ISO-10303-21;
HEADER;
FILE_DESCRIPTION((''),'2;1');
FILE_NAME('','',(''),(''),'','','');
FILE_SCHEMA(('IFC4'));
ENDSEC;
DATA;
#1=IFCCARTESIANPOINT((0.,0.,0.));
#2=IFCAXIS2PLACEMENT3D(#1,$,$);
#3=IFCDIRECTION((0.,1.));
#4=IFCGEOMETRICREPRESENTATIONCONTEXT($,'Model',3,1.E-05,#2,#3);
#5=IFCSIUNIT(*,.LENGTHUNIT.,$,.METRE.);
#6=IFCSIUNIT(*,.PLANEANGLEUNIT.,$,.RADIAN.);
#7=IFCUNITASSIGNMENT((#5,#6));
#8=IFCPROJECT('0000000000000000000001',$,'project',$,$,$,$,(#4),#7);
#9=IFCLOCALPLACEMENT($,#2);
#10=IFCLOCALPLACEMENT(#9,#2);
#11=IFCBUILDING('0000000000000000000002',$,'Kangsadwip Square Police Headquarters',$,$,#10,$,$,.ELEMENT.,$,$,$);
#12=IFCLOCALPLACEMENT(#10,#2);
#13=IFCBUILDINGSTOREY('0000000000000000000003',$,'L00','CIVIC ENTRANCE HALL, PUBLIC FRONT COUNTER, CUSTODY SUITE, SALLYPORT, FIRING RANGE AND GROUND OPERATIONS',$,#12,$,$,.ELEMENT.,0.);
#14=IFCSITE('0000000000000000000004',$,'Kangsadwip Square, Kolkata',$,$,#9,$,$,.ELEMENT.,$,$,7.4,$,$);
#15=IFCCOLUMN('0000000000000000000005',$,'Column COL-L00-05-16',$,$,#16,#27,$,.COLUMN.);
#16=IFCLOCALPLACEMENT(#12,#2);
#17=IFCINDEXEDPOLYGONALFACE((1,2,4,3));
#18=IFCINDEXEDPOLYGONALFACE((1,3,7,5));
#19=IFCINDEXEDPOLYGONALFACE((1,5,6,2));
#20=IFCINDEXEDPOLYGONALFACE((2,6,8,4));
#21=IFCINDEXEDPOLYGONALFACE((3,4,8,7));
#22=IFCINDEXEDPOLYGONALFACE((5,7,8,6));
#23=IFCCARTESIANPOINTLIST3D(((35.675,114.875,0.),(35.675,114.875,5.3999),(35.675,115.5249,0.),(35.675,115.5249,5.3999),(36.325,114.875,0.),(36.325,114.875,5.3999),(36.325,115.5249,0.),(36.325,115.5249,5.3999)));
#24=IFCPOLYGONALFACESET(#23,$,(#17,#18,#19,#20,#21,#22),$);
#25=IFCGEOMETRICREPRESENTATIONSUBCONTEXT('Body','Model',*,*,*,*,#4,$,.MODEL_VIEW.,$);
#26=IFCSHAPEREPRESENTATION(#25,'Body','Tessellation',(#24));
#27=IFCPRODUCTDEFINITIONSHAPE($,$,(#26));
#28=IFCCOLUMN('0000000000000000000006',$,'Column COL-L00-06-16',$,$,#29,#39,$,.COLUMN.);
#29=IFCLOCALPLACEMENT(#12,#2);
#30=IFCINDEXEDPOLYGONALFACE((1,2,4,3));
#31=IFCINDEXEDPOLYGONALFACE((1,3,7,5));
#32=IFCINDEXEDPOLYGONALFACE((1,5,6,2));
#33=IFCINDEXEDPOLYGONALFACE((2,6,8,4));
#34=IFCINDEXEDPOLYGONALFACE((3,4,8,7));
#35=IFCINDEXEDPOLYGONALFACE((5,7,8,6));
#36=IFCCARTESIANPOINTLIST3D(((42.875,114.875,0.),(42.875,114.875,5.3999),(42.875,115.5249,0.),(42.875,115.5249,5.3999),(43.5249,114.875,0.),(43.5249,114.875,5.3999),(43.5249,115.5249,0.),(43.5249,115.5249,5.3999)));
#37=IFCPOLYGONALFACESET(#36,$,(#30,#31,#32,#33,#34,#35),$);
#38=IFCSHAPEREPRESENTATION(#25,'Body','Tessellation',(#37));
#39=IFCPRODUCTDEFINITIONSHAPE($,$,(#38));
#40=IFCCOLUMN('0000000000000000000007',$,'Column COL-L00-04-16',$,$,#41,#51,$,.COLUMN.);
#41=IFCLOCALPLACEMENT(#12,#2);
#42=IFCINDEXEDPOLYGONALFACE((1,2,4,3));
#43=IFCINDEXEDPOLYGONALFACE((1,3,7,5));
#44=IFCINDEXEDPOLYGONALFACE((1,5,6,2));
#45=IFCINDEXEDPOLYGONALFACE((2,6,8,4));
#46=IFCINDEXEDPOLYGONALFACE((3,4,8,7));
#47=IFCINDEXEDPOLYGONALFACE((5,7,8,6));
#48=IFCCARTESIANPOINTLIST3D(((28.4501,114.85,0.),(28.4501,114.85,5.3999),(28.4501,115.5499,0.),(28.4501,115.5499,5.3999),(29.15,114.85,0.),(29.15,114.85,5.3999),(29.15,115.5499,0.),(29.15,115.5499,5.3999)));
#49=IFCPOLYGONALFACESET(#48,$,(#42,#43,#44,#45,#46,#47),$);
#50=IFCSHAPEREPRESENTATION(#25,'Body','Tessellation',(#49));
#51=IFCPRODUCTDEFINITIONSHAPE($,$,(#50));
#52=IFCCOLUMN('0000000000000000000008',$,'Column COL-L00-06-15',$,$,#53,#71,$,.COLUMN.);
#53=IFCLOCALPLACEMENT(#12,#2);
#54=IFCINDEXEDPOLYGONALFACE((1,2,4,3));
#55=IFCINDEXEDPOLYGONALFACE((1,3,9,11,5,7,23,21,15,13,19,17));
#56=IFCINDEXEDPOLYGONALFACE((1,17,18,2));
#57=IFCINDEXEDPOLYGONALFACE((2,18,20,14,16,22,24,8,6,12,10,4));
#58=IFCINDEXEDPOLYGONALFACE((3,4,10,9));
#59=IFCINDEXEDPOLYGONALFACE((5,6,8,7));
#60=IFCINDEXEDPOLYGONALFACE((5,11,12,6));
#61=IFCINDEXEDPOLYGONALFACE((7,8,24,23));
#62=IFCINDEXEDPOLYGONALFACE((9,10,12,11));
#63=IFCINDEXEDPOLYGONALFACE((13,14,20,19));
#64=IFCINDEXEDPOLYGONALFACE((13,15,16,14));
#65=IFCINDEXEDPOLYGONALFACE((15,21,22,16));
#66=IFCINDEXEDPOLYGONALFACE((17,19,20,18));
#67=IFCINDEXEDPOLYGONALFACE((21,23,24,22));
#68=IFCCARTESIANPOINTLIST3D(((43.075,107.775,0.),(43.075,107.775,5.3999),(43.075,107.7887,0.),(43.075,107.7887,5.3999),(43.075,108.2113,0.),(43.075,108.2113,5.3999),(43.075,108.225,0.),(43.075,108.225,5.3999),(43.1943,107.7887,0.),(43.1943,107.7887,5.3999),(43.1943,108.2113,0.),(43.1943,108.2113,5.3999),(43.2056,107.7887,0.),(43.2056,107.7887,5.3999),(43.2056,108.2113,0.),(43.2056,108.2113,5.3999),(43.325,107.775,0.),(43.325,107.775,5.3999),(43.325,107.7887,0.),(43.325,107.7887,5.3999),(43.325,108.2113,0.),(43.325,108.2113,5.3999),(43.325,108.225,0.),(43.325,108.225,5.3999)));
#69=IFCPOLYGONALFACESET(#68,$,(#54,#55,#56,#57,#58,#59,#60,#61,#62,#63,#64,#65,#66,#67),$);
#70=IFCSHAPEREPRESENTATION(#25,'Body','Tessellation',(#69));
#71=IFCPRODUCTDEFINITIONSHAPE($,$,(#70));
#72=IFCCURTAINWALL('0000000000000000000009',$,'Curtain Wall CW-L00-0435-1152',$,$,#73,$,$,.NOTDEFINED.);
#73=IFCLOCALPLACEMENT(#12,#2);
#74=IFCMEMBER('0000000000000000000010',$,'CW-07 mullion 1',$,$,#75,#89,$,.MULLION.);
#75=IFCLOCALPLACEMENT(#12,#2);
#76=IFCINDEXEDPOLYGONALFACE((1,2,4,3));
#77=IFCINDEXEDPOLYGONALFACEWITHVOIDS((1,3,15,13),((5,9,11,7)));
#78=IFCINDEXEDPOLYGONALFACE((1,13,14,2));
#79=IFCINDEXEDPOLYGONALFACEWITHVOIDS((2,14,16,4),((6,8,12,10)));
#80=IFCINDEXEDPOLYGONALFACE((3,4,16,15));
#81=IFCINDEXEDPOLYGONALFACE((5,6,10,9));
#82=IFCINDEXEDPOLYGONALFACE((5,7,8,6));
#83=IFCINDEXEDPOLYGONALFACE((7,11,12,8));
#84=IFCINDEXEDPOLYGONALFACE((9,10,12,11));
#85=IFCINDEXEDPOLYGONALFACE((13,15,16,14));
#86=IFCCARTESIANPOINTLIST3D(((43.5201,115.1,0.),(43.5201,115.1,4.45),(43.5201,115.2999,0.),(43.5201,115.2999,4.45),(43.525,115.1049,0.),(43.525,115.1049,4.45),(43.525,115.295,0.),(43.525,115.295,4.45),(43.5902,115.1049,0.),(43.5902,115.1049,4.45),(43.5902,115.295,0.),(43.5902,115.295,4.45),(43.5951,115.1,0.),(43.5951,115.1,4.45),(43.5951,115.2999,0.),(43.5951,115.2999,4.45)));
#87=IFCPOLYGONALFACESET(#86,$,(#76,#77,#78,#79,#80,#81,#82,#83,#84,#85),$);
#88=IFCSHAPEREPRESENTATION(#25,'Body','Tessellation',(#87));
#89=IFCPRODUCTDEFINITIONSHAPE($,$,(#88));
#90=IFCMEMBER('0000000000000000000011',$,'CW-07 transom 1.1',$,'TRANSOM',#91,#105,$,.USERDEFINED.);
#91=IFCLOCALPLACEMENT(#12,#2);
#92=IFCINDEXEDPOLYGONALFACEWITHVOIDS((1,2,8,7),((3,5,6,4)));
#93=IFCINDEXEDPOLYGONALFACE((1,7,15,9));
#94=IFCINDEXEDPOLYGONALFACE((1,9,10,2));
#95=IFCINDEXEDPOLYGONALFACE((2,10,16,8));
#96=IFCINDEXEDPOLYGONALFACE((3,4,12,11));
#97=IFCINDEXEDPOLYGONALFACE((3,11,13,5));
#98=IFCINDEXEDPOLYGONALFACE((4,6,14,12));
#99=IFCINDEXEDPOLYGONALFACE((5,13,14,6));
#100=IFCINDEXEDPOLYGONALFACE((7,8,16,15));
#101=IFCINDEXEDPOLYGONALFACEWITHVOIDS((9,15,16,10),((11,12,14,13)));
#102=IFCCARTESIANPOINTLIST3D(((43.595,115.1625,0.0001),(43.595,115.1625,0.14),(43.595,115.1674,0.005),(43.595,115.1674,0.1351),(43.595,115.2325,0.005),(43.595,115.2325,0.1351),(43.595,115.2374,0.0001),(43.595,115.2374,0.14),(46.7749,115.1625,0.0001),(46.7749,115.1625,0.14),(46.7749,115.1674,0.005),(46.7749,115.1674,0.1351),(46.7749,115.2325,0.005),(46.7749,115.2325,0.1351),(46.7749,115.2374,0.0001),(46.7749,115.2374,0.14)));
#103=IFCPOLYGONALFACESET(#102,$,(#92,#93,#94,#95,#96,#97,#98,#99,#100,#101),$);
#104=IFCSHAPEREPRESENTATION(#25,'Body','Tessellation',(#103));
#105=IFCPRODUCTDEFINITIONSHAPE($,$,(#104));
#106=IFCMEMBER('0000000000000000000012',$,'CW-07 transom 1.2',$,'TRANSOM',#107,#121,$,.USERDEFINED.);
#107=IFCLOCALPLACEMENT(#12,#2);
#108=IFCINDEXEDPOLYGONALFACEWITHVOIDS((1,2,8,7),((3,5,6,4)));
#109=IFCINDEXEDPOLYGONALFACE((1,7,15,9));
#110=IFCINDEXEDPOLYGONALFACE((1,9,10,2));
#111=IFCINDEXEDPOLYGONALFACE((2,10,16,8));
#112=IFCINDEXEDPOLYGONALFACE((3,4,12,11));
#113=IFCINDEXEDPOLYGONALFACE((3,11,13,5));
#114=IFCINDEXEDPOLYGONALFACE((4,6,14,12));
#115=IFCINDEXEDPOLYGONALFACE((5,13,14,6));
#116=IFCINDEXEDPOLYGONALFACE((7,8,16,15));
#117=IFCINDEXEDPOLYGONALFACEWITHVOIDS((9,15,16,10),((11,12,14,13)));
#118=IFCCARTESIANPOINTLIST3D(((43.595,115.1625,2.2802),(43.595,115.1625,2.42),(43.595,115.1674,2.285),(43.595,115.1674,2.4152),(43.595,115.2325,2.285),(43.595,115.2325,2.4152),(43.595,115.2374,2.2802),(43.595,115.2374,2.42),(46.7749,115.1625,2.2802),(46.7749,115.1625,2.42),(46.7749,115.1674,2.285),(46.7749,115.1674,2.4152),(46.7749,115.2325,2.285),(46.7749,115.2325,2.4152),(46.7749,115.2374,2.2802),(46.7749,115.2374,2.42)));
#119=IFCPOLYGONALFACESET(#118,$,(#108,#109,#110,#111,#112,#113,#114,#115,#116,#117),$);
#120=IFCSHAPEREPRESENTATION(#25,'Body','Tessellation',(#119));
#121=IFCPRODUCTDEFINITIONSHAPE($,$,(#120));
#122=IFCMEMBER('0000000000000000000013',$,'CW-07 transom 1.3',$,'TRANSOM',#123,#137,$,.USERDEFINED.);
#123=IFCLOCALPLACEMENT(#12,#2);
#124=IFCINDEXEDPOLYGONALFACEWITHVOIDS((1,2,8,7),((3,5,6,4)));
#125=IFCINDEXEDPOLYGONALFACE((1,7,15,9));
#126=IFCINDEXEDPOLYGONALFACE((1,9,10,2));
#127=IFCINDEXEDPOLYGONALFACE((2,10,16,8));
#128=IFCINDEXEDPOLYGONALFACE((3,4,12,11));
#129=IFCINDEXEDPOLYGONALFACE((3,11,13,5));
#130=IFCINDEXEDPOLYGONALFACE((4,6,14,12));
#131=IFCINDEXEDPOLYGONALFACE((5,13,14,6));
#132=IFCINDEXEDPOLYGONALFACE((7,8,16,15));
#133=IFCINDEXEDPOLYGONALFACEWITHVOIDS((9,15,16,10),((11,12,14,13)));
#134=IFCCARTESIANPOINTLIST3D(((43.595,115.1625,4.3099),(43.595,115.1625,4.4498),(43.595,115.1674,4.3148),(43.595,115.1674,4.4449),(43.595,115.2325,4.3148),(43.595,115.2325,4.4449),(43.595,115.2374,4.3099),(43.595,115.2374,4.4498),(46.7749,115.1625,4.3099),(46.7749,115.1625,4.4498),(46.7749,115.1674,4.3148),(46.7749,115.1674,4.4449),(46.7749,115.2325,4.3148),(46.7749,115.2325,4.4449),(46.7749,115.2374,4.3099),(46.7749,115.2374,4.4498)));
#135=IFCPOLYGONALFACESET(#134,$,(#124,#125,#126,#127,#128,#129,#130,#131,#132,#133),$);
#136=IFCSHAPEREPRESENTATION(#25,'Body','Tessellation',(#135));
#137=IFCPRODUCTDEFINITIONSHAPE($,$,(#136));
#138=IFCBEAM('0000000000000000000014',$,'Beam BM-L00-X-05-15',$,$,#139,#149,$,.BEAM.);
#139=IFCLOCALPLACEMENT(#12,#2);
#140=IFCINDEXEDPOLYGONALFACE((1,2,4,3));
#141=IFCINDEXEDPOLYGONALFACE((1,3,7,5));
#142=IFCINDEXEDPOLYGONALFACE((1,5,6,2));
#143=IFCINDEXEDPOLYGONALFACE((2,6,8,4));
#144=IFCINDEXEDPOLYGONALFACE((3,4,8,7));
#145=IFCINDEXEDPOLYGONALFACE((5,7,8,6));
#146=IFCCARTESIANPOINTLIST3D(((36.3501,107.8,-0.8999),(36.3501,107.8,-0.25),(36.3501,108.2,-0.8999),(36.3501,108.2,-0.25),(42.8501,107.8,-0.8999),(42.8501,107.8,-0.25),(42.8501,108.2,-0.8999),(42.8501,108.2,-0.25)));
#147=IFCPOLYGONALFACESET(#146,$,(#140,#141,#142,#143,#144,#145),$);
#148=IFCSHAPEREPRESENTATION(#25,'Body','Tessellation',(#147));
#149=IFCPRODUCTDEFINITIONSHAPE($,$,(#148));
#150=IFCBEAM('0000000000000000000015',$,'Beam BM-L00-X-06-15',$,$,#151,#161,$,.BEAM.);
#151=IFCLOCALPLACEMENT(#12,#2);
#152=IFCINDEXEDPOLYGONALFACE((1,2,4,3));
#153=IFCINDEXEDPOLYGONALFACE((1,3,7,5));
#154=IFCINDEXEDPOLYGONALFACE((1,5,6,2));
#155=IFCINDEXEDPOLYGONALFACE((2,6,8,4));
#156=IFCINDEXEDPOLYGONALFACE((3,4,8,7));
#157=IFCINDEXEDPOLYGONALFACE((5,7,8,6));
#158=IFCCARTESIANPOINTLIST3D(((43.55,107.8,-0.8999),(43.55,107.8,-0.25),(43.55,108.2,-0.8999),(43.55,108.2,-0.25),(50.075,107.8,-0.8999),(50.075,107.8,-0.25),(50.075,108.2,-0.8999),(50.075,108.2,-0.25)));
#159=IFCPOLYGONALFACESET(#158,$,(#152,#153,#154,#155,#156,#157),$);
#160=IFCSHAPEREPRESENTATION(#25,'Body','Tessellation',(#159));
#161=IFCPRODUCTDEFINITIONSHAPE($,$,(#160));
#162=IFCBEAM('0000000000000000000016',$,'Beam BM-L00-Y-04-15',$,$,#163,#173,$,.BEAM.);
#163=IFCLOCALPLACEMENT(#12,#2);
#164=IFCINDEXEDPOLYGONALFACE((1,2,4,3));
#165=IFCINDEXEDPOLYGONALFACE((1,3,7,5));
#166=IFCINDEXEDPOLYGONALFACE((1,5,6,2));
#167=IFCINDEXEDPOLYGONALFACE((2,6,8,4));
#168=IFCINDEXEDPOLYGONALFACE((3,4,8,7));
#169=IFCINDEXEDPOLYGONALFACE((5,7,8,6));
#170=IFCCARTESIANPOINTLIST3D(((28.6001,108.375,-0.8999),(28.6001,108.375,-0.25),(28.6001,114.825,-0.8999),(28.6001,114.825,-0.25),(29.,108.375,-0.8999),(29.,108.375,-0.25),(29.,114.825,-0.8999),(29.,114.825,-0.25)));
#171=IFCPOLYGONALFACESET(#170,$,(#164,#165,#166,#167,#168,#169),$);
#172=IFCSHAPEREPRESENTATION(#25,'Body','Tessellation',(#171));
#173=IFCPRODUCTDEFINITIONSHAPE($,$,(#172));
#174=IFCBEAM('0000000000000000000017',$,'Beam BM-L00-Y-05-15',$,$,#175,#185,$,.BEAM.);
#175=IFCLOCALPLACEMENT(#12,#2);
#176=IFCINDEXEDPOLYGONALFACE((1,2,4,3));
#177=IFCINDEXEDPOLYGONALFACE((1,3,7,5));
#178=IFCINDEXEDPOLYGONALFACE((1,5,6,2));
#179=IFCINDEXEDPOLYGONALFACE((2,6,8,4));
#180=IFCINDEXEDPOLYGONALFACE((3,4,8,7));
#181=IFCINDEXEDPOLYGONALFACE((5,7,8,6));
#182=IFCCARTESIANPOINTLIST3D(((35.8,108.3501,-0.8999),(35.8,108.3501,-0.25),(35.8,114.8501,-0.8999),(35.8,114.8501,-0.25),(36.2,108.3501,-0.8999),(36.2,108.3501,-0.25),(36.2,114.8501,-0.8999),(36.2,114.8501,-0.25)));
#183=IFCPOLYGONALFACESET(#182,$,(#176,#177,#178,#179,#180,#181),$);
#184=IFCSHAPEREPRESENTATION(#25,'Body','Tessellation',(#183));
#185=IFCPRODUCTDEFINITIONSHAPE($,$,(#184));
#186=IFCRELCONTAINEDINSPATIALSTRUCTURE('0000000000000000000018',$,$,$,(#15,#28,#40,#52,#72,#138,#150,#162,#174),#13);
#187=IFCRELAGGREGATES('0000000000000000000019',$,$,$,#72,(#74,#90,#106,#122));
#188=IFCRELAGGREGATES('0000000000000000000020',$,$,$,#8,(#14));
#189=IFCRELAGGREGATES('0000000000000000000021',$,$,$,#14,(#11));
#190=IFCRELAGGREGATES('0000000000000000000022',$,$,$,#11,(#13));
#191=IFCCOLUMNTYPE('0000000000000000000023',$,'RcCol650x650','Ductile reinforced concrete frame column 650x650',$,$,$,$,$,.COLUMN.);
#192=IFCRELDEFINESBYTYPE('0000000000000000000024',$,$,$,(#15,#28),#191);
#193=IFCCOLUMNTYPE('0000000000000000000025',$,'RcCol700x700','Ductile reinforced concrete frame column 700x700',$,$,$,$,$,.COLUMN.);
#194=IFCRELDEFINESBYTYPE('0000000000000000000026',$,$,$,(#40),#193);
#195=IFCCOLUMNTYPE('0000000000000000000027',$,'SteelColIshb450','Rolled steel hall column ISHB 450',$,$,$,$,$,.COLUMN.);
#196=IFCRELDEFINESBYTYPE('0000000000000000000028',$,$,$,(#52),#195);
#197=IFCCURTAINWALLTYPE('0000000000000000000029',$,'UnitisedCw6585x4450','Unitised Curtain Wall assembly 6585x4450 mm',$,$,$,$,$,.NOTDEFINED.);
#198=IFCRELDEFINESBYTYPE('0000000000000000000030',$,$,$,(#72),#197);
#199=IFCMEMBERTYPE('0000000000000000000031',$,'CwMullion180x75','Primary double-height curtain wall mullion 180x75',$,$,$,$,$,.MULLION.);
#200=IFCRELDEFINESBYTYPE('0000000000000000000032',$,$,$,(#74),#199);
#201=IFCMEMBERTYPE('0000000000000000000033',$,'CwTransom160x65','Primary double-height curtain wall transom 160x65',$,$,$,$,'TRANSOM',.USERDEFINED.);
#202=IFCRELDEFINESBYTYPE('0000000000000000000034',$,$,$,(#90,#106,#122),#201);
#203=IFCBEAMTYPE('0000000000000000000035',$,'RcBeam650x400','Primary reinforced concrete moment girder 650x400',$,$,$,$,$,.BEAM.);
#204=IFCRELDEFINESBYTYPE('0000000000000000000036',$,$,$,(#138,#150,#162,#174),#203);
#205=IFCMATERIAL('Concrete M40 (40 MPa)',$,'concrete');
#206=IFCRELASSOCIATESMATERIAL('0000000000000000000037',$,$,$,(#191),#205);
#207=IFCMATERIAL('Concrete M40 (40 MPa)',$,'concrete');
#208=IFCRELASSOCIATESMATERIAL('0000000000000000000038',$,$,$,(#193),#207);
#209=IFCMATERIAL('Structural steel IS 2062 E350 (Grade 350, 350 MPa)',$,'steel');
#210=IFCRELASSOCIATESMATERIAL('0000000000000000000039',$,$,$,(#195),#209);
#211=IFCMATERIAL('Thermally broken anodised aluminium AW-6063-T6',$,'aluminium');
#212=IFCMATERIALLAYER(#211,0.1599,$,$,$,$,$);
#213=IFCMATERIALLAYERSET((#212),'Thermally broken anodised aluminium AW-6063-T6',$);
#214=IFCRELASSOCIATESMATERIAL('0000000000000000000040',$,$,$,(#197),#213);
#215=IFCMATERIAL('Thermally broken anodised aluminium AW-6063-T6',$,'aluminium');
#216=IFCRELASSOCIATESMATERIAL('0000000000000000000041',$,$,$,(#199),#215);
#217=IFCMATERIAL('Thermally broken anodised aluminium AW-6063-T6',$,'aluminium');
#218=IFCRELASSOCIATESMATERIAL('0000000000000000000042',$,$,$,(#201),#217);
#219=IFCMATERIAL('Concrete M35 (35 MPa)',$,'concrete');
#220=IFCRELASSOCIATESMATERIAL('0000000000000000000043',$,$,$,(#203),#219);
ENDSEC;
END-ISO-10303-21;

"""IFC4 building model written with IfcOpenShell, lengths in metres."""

from ifc_helpers import new_model, si_unit, direction, frame, origin, origin_2d, place, context, subcontext, project, spatial, rectangle, hollow_rectangle, i_section, extrude, material, layer, layer_set, material_profile, profile_set, type_object, element, aggregate, save


model = new_model("IFC4")

# Units and contexts
model_context = context("Model", 3, precision=1e-05, world=origin(), true_north=direction((0.0, 1.0)))
body_context = subcontext(model_context, "Body", "Model", "MODEL_VIEW")
ifc_project = project(units=[si_unit("LENGTHUNIT", "METRE"), si_unit("PLANEANGLEUNIT", "RADIAN")], contexts=[model_context])

# Site, building, storey
site_placement = place(None, origin())
site = spatial("IfcSite", under=ifc_project, at=site_placement, Name="Kangsadwip Square, Kolkata", CompositionType="ELEMENT", RefElevation=7.4)
building_placement = place(site_placement, origin())
building = spatial("IfcBuilding", under=site, at=building_placement, Name="Kangsadwip Square Police Headquarters", CompositionType="ELEMENT")
storey_placement = place(building_placement, origin())
storey = spatial("IfcBuildingStorey", under=building, at=storey_placement, Name="L00", Description="CIVIC ENTRANCE HALL, PUBLIC FRONT COUNTER, CUSTODY SUITE, SALLYPORT, FIRING RANGE AND GROUND OPERATIONS", CompositionType="ELEMENT", Elevation=0.0)

# Columns
ifc_material_1 = material(Name="Concrete M40 (40 MPa)", Category="concrete")
ifc_material_profile_1 = material_profile(ifc_material_1, rectangle(XDim=0.6499, YDim=0.6499, at=origin_2d()), Name="RC COL 650X650")
ifc_profile_set_1 = profile_set([ifc_material_profile_1], Name="Concrete M40 (40 MPa)")
column_type_1 = type_object("IfcColumnType", Name="RcCol650x650", Description="Ductile reinforced concrete frame column 650x650", PredefinedType="COLUMN", material=ifc_profile_set_1)
for number, where, z_axis, x_axis, name in (
    (1, (36.0, 115.2, 0.0), (0.0, 0.0, 1.0), (1.0, 0.0, 0.0), "Column COL-L00-05-16"),
    (2, (43.2, 115.2, 0.0), (0.0, 0.0, 1.0), (1.0, 0.0, 0.0), "Column COL-L00-06-16"),
):
    element("IfcColumn", number, at=place(storey_placement, frame(where, z_axis=z_axis, x_axis=x_axis)), inside=storey, type_object=column_type_1, Name=name, PredefinedType="COLUMN", context=body_context, shape_type="SweptSolid", body=[
        extrude(rectangle(XDim=0.6499, YDim=0.6499, at=origin_2d()), origin(), (0.0, 0.0, 1.0), 5.3999),
    ])
ifc_material_2 = material(Name="Concrete M40 (40 MPa)", Category="concrete")
ifc_material_profile_2 = material_profile(ifc_material_2, rectangle(XDim=0.7, YDim=0.7, at=origin_2d()), Name="RC COL 700X700")
ifc_profile_set_2 = profile_set([ifc_material_profile_2], Name="Concrete M40 (40 MPa)")
column_type_2 = type_object("IfcColumnType", Name="RcCol700x700", Description="Ductile reinforced concrete frame column 700x700", PredefinedType="COLUMN", material=ifc_profile_set_2)
column_1_placement = place(storey_placement, frame((28.8, 115.2, 0.0), z_axis=(0.0, 0.0, 1.0), x_axis=(1.0, 0.0, 0.0)))
element("IfcColumn", 3, at=column_1_placement, inside=storey, type_object=column_type_2, Name="Column COL-L00-04-16", PredefinedType="COLUMN", context=body_context, shape_type="SweptSolid", body=[
    extrude(rectangle(XDim=0.7, YDim=0.7, at=origin_2d()), origin(), (0.0, 0.0, 1.0), 5.3999),
])
ifc_material_3 = material(Name="Structural steel IS 2062 E350 (Grade 350, 350 MPa)", Category="steel")
ifc_material_profile_3 = material_profile(ifc_material_3, i_section(OverallWidth=0.25, OverallDepth=0.45, WebThickness=0.0112, FlangeThickness=0.0137, at=origin_2d()), Name="ISHB 450")
ifc_profile_set_3 = profile_set([ifc_material_profile_3], Name="Structural steel IS 2062 E350 (Grade 350, 350 MPa)")
column_type_3 = type_object("IfcColumnType", Name="SteelColIshb450", Description="Rolled steel hall column ISHB 450", PredefinedType="COLUMN", material=ifc_profile_set_3)
column_2_placement = place(storey_placement, frame((43.2, 108.0, 0.0), z_axis=(0.0, 0.0, 1.0), x_axis=(1.0, 0.0, 0.0)))
element("IfcColumn", 4, at=column_2_placement, inside=storey, type_object=column_type_3, Name="Column COL-L00-06-15", PredefinedType="COLUMN", context=body_context, shape_type="SweptSolid", body=[
    extrude(i_section(OverallWidth=0.25, OverallDepth=0.45, WebThickness=0.0112, FlangeThickness=0.0137, at=origin_2d()), origin(), (0.0, 0.0, 1.0), 5.3999),
])

# Curtain wall, members
ifc_material_4 = material(Name="Thermally broken anodised aluminium AW-6063-T6", Category="aluminium")
ifc_layer_1 = layer(ifc_material_4, 0.1599)
ifc_layer_set_1 = layer_set([ifc_layer_1], Name="Thermally broken anodised aluminium AW-6063-T6")
curtain_wall_type = type_object("IfcCurtainWallType", Name="UnitisedCw6585x4450", Description="Unitised Curtain Wall assembly 6585x4450 mm", PredefinedType="NOTDEFINED", material=ifc_layer_set_1)
curtain_wall_placement = place(storey_placement, origin())
curtain_wall = element("IfcCurtainWall", 5, at=curtain_wall_placement, inside=storey, type_object=curtain_wall_type, Name="Curtain Wall CW-L00-0435-1152", PredefinedType="NOTDEFINED")
ifc_material_5 = material(Name="Thermally broken anodised aluminium AW-6063-T6", Category="aluminium")
ifc_material_profile_4 = material_profile(ifc_material_5, hollow_rectangle(XDim=0.075, YDim=0.2, WallThickness=0.0049, at=origin_2d()), Name="CWM 200X75X5")
ifc_profile_set_4 = profile_set([ifc_material_profile_4], Name="Thermally broken anodised aluminium AW-6063-T6")
member_type_1 = type_object("IfcMemberType", Name="CwMullion180x75", Description="Primary double-height curtain wall mullion 180x75", PredefinedType="MULLION", material=ifc_profile_set_4)
member_1_placement = place(storey_placement, frame((43.5576, 115.2, 0.0), z_axis=(0.0, 0.0, 1.0), x_axis=(1.0, 0.0, 0.0)))
member_1 = element("IfcMember", 6, at=member_1_placement, type_object=member_type_1, Name="CW-07 mullion 1", PredefinedType="MULLION", context=body_context, shape_type="SweptSolid", body=[
    extrude(hollow_rectangle(XDim=0.075, YDim=0.2, WallThickness=0.0049, at=origin_2d()), origin(), (0.0, 0.0, 1.0), 4.45),
])
ifc_material_6 = material(Name="Thermally broken anodised aluminium AW-6063-T6", Category="aluminium")
ifc_material_profile_5 = material_profile(ifc_material_6, hollow_rectangle(XDim=0.075, YDim=0.1399, WallThickness=0.0049, at=origin_2d()), Name="CWT 140X75X5")
ifc_profile_set_5 = profile_set([ifc_material_profile_5], Name="Thermally broken anodised aluminium AW-6063-T6")
member_type_2 = type_object("IfcMemberType", Name="CwTransom160x65", Description="Primary double-height curtain wall transom 160x65", ElementType="TRANSOM", PredefinedType="USERDEFINED", material=ifc_profile_set_5)
member_2_placement = place(storey_placement, frame((43.595, 115.2, 0.0701), z_axis=(1.0, 0.0, 0.0), x_axis=(0.0, 1.0, 0.0)))
member_2 = element("IfcMember", 7, at=member_2_placement, type_object=member_type_2, Name="CW-07 transom 1.1", ObjectType="TRANSOM", PredefinedType="USERDEFINED", context=body_context, shape_type="SweptSolid", body=[
    extrude(hollow_rectangle(XDim=0.075, YDim=0.1399, WallThickness=0.0049, at=origin_2d()), origin(), (0.0, 0.0, 1.0), 3.1799),
])
member_3_placement = place(storey_placement, frame((43.595, 115.2, 2.3501), z_axis=(1.0, 0.0, 0.0), x_axis=(0.0, 1.0, 0.0)))
member_3 = element("IfcMember", 8, at=member_3_placement, type_object=member_type_2, Name="CW-07 transom 1.2", ObjectType="TRANSOM", PredefinedType="USERDEFINED", context=body_context, shape_type="SweptSolid", body=[
    extrude(hollow_rectangle(XDim=0.075, YDim=0.1399, WallThickness=0.0049, at=origin_2d()), origin(), (0.0, 0.0, 1.0), 3.1799),
])
member_4_placement = place(storey_placement, frame((43.595, 115.2, 4.3799), z_axis=(1.0, 0.0, 0.0), x_axis=(0.0, 1.0, 0.0)))
member_4 = element("IfcMember", 9, at=member_4_placement, type_object=member_type_2, Name="CW-07 transom 1.3", ObjectType="TRANSOM", PredefinedType="USERDEFINED", context=body_context, shape_type="SweptSolid", body=[
    extrude(hollow_rectangle(XDim=0.075, YDim=0.1399, WallThickness=0.0049, at=origin_2d()), origin(), (0.0, 0.0, 1.0), 3.1799),
])
aggregate(curtain_wall, [member_1, member_2, member_3, member_4])

# Beams
ifc_material_7 = material(Name="Concrete M35 (35 MPa)", Category="concrete")
ifc_material_profile_6 = material_profile(ifc_material_7, rectangle(XDim=0.3999, YDim=0.6499, at=origin_2d()), Name="RC BM 650X400")
ifc_profile_set_6 = profile_set([ifc_material_profile_6], Name="Concrete M35 (35 MPa)")
beam_type_1 = type_object("IfcBeamType", Name="RcBeam650x400", Description="Primary reinforced concrete moment girder 650x400", PredefinedType="BEAM", material=ifc_profile_set_6)
beam_1_placement = place(storey_placement, frame((36.3501, 108.0, -0.575), z_axis=(1.0, 0.0, 0.0), x_axis=(0.0, 1.0, 0.0)))
element("IfcBeam", 10, at=beam_1_placement, inside=storey, type_object=beam_type_1, Name="Beam BM-L00-X-05-15", PredefinedType="BEAM", context=body_context, shape_type="SweptSolid", body=[
    extrude(rectangle(XDim=0.3999, YDim=0.6499, at=origin_2d()), origin(), (0.0, 0.0, 1.0), 6.5),
])
beam_2_placement = place(storey_placement, frame((43.55, 108.0, -0.575), z_axis=(1.0, 0.0, 0.0), x_axis=(0.0, 1.0, 0.0)))
element("IfcBeam", 11, at=beam_2_placement, inside=storey, type_object=beam_type_1, Name="Beam BM-L00-X-06-15", PredefinedType="BEAM", context=body_context, shape_type="SweptSolid", body=[
    extrude(rectangle(XDim=0.3999, YDim=0.6499, at=origin_2d()), origin(), (0.0, 0.0, 1.0), 6.5249),
])
beam_3_placement = place(storey_placement, frame((28.8, 108.375, -0.575), z_axis=(0.0, 1.0, 0.0), x_axis=(-1.0, 0.0, 0.0)))
element("IfcBeam", 12, at=beam_3_placement, inside=storey, type_object=beam_type_1, Name="Beam BM-L00-Y-04-15", PredefinedType="BEAM", context=body_context, shape_type="SweptSolid", body=[
    extrude(rectangle(XDim=0.3999, YDim=0.6499, at=origin_2d()), origin(), (0.0, 0.0, 1.0), 6.45),
])
for number, where, z_axis, x_axis, name in (
    (13, (36.0, 108.3501, -0.575), (0.0, 1.0, 0.0), (-1.0, 0.0, 0.0), "Beam BM-L00-Y-05-15"),
):
    element("IfcBeam", number, at=place(storey_placement, frame(where, z_axis=z_axis, x_axis=x_axis)), inside=storey, type_object=beam_type_1, Name=name, PredefinedType="BEAM", context=body_context, shape_type="SweptSolid", body=[
        extrude(rectangle(XDim=0.3999, YDim=0.6499, at=origin_2d()), origin(), (0.0, 0.0, 1.0), 6.5),
    ])

save(model, "model.ifc")
